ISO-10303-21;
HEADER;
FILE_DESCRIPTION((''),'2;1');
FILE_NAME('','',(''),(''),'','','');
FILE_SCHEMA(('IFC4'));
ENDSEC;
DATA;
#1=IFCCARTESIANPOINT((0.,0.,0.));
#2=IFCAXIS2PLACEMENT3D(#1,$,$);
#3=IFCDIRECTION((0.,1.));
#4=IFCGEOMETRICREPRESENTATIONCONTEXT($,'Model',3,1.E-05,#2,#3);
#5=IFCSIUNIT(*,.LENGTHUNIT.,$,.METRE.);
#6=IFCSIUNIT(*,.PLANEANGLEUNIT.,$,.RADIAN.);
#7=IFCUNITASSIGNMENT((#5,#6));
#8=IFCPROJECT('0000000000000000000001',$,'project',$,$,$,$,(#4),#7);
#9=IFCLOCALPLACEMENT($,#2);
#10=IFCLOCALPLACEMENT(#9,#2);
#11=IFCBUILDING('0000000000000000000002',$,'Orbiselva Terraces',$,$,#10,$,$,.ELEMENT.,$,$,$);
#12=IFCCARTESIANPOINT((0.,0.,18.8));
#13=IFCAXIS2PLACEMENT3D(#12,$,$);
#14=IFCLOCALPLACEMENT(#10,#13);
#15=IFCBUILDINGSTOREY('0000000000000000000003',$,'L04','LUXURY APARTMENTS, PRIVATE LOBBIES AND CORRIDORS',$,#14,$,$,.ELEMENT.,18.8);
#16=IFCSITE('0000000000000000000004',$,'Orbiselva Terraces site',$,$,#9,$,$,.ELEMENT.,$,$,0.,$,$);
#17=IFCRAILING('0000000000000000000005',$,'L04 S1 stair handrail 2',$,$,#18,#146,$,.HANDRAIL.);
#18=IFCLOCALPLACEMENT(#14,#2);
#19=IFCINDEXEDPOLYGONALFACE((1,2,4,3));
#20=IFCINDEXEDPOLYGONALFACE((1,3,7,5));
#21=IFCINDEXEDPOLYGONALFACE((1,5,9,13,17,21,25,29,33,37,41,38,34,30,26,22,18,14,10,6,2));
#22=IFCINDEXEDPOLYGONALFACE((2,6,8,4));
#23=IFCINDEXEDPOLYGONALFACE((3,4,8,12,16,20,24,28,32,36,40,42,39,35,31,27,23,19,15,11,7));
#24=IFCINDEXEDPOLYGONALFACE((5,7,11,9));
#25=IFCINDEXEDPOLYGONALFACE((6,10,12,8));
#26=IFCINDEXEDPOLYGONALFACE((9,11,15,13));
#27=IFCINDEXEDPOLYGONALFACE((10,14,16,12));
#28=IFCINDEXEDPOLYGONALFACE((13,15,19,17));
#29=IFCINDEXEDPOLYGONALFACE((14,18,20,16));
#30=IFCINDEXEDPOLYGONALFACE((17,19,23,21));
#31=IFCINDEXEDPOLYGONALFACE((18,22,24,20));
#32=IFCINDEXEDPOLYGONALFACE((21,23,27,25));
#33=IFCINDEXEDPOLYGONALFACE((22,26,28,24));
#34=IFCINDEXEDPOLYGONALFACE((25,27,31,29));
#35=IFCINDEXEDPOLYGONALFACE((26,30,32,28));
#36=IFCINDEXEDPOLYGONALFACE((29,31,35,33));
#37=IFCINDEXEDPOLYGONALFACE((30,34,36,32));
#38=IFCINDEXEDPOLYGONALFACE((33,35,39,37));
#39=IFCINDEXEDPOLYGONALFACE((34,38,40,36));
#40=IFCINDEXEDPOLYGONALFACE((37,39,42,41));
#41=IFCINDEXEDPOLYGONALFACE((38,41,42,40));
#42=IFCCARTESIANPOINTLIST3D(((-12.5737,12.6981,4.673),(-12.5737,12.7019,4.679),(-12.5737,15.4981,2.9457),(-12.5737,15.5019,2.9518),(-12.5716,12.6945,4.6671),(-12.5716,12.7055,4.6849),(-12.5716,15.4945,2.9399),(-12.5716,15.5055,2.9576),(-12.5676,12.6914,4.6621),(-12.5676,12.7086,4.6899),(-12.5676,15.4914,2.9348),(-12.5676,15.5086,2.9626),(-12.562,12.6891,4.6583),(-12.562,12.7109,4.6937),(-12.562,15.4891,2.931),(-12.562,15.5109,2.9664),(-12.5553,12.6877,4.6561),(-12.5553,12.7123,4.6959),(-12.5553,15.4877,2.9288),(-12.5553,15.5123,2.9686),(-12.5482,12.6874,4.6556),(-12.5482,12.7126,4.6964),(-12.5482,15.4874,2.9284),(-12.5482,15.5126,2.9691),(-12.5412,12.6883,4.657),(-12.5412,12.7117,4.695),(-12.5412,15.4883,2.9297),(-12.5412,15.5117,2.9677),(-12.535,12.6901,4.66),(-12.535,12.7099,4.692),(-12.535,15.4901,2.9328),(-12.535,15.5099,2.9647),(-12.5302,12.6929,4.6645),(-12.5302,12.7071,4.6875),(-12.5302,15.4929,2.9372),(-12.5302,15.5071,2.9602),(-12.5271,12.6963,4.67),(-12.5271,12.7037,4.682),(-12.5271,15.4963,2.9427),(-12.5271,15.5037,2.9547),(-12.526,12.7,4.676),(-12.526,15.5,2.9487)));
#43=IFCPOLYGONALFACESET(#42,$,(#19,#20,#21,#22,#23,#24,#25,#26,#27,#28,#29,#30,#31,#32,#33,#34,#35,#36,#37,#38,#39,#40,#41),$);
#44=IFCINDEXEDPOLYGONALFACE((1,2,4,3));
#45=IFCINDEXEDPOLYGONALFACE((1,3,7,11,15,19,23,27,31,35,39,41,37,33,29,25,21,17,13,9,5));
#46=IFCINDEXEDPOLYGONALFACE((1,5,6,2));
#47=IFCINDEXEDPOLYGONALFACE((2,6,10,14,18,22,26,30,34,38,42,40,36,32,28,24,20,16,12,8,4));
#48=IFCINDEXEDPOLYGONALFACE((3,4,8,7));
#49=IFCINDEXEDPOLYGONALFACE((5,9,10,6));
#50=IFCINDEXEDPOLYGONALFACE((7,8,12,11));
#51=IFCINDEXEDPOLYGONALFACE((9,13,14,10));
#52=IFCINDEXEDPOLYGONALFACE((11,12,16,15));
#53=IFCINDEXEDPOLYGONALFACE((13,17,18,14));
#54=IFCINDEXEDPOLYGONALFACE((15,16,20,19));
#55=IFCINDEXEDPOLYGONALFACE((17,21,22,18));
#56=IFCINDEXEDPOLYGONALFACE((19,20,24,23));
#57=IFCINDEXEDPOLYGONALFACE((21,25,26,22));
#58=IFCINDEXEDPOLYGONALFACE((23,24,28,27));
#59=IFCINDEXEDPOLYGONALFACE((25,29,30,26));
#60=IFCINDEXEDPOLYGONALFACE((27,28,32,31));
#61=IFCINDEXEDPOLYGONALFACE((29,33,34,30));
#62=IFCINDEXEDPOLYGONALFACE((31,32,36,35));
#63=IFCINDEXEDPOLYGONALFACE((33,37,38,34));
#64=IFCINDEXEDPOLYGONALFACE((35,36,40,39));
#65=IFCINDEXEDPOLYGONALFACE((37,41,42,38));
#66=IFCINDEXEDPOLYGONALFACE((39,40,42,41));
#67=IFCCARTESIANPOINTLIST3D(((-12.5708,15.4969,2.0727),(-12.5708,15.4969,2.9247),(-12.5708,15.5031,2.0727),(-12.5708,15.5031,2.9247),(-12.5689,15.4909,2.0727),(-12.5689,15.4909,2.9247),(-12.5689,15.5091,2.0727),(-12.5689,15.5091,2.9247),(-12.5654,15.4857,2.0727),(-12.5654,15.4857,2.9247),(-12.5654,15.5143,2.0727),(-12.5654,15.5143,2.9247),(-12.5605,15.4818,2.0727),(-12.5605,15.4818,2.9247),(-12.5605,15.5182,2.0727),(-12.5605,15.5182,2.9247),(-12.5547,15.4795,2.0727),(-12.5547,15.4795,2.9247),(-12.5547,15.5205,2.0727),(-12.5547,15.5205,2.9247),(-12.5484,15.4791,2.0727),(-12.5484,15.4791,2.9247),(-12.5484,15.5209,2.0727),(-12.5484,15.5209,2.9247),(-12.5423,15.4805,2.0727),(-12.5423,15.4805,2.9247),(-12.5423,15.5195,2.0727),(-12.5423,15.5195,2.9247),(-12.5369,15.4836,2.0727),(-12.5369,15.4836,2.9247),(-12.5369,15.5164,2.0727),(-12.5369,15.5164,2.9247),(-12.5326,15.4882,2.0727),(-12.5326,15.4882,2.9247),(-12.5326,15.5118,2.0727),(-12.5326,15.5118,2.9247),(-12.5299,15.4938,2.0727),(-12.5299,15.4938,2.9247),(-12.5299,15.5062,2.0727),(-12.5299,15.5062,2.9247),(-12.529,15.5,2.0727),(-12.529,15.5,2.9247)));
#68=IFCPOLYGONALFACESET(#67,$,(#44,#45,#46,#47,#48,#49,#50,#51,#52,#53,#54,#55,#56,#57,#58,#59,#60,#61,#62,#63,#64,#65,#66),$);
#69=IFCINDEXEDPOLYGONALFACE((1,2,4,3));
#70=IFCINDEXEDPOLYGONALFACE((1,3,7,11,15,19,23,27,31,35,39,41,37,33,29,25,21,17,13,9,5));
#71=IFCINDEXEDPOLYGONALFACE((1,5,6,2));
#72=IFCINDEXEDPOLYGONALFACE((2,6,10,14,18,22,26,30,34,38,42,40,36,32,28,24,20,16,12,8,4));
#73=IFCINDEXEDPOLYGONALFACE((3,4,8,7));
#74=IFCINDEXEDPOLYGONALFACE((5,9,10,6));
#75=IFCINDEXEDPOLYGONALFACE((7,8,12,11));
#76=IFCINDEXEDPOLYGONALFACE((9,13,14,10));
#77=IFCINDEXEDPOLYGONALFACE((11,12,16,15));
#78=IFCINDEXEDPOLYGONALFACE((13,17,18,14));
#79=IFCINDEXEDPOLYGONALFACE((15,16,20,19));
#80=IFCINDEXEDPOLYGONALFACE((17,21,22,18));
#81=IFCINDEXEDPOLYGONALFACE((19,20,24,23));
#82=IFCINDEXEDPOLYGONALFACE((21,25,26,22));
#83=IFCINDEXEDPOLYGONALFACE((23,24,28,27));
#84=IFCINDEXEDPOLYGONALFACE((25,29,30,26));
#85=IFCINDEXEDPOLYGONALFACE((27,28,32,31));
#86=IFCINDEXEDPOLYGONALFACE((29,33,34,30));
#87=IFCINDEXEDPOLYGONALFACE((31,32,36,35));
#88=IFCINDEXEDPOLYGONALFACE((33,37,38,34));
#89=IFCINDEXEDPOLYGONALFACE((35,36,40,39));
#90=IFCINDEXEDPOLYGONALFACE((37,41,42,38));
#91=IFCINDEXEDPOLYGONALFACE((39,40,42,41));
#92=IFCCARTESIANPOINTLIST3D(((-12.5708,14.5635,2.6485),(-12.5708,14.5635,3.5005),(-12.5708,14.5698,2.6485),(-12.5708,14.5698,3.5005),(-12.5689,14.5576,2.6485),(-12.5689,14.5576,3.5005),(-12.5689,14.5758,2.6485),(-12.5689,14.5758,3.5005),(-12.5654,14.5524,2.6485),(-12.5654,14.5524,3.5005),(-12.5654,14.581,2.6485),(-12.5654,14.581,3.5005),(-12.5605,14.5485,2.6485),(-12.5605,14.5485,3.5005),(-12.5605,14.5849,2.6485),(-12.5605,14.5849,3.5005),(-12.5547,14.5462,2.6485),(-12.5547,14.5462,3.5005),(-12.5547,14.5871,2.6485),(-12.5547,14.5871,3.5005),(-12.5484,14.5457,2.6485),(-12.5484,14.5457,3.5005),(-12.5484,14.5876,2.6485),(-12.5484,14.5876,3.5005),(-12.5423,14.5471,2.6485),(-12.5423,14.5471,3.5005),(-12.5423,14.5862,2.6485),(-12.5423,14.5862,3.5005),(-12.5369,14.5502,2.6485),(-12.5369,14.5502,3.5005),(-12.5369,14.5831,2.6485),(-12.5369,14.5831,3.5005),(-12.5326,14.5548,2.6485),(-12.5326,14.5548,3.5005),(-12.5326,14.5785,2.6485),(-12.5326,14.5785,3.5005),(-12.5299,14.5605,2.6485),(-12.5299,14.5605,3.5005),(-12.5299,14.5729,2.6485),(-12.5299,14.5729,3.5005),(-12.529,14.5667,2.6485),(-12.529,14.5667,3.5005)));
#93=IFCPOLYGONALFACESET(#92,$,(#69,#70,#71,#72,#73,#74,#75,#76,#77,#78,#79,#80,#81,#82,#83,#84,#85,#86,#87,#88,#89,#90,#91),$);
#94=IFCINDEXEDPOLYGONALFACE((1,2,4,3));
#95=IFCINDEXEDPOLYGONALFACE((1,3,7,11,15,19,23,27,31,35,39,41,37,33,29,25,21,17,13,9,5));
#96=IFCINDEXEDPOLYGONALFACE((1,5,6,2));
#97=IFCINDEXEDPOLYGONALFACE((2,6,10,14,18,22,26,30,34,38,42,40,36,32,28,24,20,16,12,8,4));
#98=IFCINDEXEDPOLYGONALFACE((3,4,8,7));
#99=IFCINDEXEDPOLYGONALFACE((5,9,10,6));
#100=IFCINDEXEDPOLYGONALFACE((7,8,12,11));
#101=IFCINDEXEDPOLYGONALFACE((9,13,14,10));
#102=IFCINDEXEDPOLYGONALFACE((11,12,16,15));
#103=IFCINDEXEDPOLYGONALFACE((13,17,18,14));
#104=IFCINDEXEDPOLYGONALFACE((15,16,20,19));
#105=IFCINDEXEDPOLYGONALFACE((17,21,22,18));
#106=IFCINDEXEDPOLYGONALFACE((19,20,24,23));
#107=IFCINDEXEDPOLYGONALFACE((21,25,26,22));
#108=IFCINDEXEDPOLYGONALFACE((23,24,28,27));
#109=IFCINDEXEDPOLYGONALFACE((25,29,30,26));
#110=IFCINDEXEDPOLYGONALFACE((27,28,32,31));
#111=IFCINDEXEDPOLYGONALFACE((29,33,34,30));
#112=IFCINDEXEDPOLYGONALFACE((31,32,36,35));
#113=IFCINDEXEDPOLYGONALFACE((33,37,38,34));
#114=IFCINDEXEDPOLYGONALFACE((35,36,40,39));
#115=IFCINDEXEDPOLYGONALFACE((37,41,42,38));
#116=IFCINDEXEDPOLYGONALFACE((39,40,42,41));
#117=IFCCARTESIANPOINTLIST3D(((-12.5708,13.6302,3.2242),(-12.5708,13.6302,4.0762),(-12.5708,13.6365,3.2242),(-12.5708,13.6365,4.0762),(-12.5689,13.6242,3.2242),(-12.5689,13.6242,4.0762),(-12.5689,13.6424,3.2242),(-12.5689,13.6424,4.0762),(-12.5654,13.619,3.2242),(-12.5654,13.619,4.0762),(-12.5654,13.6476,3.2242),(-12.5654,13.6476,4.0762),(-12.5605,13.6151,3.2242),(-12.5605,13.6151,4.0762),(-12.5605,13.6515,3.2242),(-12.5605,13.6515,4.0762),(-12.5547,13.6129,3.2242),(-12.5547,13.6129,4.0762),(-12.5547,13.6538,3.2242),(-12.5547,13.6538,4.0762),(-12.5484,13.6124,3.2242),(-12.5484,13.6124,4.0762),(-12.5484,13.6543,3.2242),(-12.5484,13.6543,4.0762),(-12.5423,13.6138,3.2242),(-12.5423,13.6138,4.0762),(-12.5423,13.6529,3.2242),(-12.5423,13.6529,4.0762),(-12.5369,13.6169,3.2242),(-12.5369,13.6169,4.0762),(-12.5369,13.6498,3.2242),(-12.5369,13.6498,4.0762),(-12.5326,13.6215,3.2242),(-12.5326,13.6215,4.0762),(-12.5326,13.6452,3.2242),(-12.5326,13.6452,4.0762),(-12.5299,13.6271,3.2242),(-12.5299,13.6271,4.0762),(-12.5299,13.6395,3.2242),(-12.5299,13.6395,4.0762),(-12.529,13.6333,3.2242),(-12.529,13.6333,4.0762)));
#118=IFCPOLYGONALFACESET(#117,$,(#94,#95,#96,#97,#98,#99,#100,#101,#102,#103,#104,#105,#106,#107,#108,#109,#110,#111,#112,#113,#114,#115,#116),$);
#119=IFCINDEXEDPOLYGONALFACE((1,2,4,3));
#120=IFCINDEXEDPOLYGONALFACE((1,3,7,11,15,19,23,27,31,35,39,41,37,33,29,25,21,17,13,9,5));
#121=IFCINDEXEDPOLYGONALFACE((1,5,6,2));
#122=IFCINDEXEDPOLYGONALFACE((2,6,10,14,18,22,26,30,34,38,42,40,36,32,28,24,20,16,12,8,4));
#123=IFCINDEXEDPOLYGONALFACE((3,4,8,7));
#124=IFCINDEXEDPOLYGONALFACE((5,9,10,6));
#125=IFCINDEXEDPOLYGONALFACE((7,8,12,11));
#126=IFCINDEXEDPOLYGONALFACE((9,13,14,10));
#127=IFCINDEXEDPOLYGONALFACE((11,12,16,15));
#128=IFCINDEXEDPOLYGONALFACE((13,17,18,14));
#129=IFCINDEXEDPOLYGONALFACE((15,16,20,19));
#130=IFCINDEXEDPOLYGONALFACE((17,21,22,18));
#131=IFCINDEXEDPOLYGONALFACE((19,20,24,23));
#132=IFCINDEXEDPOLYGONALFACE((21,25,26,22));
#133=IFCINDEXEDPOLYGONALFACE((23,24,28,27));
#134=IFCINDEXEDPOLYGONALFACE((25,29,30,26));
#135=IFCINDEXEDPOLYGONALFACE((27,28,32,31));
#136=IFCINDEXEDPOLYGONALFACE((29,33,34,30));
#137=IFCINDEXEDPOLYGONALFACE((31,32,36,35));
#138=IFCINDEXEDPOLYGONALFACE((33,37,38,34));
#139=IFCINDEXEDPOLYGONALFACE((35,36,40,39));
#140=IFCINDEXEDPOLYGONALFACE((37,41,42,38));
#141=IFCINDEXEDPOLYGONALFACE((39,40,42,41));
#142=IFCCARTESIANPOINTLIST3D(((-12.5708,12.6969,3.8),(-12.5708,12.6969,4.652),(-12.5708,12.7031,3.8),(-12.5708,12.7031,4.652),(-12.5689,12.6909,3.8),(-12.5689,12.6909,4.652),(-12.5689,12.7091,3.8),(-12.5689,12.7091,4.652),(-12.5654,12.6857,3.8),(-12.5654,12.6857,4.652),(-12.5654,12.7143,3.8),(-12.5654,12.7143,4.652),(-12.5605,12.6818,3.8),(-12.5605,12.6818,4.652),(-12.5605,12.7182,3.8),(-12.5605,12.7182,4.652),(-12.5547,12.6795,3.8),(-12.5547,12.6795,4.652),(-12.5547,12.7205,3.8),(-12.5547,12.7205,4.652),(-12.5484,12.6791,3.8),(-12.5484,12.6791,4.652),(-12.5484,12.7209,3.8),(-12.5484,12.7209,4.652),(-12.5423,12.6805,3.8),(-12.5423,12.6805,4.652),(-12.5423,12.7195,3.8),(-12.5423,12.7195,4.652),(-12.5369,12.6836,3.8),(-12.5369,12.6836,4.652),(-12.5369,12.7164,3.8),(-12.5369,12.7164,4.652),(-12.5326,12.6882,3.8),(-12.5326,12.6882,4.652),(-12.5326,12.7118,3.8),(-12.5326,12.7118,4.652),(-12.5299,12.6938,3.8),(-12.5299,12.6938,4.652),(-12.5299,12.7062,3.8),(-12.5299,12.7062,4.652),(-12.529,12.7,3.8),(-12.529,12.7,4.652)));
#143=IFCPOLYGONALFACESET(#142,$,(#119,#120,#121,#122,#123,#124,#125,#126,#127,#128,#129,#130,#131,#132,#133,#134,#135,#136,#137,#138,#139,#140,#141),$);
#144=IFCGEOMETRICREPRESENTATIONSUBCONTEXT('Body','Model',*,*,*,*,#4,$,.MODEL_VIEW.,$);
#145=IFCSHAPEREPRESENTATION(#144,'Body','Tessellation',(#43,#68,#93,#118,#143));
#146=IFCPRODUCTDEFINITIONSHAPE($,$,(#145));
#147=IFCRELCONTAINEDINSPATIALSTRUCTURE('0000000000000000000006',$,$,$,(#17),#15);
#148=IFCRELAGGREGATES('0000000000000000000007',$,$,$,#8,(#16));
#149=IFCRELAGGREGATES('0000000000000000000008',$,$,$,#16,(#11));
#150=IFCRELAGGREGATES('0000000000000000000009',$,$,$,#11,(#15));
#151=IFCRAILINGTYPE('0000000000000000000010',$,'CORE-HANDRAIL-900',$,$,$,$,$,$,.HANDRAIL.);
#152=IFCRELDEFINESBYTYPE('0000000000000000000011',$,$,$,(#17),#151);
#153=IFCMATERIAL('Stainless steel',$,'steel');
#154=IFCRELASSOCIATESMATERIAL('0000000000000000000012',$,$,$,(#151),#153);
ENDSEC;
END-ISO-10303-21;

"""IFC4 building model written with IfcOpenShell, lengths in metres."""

from ifc_helpers import new_model, si_unit, direction, frame, origin, origin_2d, place, context, subcontext, project, spatial, circle, extrude, material, type_object, element, save


model = new_model("IFC4")

# Units and contexts
model_context = context("Model", 3, precision=1e-05, world=origin(), true_north=direction((0.0, 1.0)))
body_context = subcontext(model_context, "Body", "Model", "MODEL_VIEW")
ifc_project = project(units=[si_unit("LENGTHUNIT", "METRE"), si_unit("PLANEANGLEUNIT", "RADIAN")], contexts=[model_context])

# Site, building, storey
site_placement = place(None, origin())
site = spatial("IfcSite", under=ifc_project, at=site_placement, Name="Orbiselva Terraces site", CompositionType="ELEMENT", RefElevation=0.0)
building_placement = place(site_placement, origin())
building = spatial("IfcBuilding", under=site, at=building_placement, Name="Orbiselva Terraces", CompositionType="ELEMENT")
storey_placement = place(building_placement, frame((0.0, 0.0, 18.8)))
storey = spatial("IfcBuildingStorey", under=building, at=storey_placement, Name="L04", Description="LUXURY APARTMENTS, PRIVATE LOBBIES AND CORRIDORS", CompositionType="ELEMENT", Elevation=18.8)

# Railing
ifc_material_1 = material(Name="Stainless steel", Category="steel")
railing_type = type_object("IfcRailingType", Name="CORE-HANDRAIL-900", PredefinedType="HANDRAIL", material=ifc_material_1)
railing_placement = place(storey_placement, frame((-12.55, 15.5, 2.0727)))
element("IfcRailing", 1, at=railing_placement, inside=storey, type_object=railing_type, Name="L04 S1 stair handrail 2", PredefinedType="HANDRAIL", context=body_context, shape_type="SweptSolid", body=[
    extrude(circle(Radius=0.024, at=origin_2d()), frame((0.0, 0.0, 0.876), z_axis=(0.0, -0.851089, 0.525022), x_axis=(1.0, 0.0, 0.0)), (0.0, 0.0, 1.0), 3.2899),
    extrude(circle(Radius=0.021, at=origin_2d()), origin(), (0.0, 0.0, 1.0), 0.852),
    extrude(circle(Radius=0.021, at=origin_2d()), frame((0.0, -0.9333, 0.5758)), (0.0, 0.0, 1.0), 0.852),
    extrude(circle(Radius=0.021, at=origin_2d()), frame((0.0, -1.8667, 1.1515)), (0.0, 0.0, 1.0), 0.852),
    extrude(circle(Radius=0.021, at=origin_2d()), frame((0.0, -2.8, 1.7273)), (0.0, 0.0, 1.0), 0.852),
])

save(model, "model.ifc")
